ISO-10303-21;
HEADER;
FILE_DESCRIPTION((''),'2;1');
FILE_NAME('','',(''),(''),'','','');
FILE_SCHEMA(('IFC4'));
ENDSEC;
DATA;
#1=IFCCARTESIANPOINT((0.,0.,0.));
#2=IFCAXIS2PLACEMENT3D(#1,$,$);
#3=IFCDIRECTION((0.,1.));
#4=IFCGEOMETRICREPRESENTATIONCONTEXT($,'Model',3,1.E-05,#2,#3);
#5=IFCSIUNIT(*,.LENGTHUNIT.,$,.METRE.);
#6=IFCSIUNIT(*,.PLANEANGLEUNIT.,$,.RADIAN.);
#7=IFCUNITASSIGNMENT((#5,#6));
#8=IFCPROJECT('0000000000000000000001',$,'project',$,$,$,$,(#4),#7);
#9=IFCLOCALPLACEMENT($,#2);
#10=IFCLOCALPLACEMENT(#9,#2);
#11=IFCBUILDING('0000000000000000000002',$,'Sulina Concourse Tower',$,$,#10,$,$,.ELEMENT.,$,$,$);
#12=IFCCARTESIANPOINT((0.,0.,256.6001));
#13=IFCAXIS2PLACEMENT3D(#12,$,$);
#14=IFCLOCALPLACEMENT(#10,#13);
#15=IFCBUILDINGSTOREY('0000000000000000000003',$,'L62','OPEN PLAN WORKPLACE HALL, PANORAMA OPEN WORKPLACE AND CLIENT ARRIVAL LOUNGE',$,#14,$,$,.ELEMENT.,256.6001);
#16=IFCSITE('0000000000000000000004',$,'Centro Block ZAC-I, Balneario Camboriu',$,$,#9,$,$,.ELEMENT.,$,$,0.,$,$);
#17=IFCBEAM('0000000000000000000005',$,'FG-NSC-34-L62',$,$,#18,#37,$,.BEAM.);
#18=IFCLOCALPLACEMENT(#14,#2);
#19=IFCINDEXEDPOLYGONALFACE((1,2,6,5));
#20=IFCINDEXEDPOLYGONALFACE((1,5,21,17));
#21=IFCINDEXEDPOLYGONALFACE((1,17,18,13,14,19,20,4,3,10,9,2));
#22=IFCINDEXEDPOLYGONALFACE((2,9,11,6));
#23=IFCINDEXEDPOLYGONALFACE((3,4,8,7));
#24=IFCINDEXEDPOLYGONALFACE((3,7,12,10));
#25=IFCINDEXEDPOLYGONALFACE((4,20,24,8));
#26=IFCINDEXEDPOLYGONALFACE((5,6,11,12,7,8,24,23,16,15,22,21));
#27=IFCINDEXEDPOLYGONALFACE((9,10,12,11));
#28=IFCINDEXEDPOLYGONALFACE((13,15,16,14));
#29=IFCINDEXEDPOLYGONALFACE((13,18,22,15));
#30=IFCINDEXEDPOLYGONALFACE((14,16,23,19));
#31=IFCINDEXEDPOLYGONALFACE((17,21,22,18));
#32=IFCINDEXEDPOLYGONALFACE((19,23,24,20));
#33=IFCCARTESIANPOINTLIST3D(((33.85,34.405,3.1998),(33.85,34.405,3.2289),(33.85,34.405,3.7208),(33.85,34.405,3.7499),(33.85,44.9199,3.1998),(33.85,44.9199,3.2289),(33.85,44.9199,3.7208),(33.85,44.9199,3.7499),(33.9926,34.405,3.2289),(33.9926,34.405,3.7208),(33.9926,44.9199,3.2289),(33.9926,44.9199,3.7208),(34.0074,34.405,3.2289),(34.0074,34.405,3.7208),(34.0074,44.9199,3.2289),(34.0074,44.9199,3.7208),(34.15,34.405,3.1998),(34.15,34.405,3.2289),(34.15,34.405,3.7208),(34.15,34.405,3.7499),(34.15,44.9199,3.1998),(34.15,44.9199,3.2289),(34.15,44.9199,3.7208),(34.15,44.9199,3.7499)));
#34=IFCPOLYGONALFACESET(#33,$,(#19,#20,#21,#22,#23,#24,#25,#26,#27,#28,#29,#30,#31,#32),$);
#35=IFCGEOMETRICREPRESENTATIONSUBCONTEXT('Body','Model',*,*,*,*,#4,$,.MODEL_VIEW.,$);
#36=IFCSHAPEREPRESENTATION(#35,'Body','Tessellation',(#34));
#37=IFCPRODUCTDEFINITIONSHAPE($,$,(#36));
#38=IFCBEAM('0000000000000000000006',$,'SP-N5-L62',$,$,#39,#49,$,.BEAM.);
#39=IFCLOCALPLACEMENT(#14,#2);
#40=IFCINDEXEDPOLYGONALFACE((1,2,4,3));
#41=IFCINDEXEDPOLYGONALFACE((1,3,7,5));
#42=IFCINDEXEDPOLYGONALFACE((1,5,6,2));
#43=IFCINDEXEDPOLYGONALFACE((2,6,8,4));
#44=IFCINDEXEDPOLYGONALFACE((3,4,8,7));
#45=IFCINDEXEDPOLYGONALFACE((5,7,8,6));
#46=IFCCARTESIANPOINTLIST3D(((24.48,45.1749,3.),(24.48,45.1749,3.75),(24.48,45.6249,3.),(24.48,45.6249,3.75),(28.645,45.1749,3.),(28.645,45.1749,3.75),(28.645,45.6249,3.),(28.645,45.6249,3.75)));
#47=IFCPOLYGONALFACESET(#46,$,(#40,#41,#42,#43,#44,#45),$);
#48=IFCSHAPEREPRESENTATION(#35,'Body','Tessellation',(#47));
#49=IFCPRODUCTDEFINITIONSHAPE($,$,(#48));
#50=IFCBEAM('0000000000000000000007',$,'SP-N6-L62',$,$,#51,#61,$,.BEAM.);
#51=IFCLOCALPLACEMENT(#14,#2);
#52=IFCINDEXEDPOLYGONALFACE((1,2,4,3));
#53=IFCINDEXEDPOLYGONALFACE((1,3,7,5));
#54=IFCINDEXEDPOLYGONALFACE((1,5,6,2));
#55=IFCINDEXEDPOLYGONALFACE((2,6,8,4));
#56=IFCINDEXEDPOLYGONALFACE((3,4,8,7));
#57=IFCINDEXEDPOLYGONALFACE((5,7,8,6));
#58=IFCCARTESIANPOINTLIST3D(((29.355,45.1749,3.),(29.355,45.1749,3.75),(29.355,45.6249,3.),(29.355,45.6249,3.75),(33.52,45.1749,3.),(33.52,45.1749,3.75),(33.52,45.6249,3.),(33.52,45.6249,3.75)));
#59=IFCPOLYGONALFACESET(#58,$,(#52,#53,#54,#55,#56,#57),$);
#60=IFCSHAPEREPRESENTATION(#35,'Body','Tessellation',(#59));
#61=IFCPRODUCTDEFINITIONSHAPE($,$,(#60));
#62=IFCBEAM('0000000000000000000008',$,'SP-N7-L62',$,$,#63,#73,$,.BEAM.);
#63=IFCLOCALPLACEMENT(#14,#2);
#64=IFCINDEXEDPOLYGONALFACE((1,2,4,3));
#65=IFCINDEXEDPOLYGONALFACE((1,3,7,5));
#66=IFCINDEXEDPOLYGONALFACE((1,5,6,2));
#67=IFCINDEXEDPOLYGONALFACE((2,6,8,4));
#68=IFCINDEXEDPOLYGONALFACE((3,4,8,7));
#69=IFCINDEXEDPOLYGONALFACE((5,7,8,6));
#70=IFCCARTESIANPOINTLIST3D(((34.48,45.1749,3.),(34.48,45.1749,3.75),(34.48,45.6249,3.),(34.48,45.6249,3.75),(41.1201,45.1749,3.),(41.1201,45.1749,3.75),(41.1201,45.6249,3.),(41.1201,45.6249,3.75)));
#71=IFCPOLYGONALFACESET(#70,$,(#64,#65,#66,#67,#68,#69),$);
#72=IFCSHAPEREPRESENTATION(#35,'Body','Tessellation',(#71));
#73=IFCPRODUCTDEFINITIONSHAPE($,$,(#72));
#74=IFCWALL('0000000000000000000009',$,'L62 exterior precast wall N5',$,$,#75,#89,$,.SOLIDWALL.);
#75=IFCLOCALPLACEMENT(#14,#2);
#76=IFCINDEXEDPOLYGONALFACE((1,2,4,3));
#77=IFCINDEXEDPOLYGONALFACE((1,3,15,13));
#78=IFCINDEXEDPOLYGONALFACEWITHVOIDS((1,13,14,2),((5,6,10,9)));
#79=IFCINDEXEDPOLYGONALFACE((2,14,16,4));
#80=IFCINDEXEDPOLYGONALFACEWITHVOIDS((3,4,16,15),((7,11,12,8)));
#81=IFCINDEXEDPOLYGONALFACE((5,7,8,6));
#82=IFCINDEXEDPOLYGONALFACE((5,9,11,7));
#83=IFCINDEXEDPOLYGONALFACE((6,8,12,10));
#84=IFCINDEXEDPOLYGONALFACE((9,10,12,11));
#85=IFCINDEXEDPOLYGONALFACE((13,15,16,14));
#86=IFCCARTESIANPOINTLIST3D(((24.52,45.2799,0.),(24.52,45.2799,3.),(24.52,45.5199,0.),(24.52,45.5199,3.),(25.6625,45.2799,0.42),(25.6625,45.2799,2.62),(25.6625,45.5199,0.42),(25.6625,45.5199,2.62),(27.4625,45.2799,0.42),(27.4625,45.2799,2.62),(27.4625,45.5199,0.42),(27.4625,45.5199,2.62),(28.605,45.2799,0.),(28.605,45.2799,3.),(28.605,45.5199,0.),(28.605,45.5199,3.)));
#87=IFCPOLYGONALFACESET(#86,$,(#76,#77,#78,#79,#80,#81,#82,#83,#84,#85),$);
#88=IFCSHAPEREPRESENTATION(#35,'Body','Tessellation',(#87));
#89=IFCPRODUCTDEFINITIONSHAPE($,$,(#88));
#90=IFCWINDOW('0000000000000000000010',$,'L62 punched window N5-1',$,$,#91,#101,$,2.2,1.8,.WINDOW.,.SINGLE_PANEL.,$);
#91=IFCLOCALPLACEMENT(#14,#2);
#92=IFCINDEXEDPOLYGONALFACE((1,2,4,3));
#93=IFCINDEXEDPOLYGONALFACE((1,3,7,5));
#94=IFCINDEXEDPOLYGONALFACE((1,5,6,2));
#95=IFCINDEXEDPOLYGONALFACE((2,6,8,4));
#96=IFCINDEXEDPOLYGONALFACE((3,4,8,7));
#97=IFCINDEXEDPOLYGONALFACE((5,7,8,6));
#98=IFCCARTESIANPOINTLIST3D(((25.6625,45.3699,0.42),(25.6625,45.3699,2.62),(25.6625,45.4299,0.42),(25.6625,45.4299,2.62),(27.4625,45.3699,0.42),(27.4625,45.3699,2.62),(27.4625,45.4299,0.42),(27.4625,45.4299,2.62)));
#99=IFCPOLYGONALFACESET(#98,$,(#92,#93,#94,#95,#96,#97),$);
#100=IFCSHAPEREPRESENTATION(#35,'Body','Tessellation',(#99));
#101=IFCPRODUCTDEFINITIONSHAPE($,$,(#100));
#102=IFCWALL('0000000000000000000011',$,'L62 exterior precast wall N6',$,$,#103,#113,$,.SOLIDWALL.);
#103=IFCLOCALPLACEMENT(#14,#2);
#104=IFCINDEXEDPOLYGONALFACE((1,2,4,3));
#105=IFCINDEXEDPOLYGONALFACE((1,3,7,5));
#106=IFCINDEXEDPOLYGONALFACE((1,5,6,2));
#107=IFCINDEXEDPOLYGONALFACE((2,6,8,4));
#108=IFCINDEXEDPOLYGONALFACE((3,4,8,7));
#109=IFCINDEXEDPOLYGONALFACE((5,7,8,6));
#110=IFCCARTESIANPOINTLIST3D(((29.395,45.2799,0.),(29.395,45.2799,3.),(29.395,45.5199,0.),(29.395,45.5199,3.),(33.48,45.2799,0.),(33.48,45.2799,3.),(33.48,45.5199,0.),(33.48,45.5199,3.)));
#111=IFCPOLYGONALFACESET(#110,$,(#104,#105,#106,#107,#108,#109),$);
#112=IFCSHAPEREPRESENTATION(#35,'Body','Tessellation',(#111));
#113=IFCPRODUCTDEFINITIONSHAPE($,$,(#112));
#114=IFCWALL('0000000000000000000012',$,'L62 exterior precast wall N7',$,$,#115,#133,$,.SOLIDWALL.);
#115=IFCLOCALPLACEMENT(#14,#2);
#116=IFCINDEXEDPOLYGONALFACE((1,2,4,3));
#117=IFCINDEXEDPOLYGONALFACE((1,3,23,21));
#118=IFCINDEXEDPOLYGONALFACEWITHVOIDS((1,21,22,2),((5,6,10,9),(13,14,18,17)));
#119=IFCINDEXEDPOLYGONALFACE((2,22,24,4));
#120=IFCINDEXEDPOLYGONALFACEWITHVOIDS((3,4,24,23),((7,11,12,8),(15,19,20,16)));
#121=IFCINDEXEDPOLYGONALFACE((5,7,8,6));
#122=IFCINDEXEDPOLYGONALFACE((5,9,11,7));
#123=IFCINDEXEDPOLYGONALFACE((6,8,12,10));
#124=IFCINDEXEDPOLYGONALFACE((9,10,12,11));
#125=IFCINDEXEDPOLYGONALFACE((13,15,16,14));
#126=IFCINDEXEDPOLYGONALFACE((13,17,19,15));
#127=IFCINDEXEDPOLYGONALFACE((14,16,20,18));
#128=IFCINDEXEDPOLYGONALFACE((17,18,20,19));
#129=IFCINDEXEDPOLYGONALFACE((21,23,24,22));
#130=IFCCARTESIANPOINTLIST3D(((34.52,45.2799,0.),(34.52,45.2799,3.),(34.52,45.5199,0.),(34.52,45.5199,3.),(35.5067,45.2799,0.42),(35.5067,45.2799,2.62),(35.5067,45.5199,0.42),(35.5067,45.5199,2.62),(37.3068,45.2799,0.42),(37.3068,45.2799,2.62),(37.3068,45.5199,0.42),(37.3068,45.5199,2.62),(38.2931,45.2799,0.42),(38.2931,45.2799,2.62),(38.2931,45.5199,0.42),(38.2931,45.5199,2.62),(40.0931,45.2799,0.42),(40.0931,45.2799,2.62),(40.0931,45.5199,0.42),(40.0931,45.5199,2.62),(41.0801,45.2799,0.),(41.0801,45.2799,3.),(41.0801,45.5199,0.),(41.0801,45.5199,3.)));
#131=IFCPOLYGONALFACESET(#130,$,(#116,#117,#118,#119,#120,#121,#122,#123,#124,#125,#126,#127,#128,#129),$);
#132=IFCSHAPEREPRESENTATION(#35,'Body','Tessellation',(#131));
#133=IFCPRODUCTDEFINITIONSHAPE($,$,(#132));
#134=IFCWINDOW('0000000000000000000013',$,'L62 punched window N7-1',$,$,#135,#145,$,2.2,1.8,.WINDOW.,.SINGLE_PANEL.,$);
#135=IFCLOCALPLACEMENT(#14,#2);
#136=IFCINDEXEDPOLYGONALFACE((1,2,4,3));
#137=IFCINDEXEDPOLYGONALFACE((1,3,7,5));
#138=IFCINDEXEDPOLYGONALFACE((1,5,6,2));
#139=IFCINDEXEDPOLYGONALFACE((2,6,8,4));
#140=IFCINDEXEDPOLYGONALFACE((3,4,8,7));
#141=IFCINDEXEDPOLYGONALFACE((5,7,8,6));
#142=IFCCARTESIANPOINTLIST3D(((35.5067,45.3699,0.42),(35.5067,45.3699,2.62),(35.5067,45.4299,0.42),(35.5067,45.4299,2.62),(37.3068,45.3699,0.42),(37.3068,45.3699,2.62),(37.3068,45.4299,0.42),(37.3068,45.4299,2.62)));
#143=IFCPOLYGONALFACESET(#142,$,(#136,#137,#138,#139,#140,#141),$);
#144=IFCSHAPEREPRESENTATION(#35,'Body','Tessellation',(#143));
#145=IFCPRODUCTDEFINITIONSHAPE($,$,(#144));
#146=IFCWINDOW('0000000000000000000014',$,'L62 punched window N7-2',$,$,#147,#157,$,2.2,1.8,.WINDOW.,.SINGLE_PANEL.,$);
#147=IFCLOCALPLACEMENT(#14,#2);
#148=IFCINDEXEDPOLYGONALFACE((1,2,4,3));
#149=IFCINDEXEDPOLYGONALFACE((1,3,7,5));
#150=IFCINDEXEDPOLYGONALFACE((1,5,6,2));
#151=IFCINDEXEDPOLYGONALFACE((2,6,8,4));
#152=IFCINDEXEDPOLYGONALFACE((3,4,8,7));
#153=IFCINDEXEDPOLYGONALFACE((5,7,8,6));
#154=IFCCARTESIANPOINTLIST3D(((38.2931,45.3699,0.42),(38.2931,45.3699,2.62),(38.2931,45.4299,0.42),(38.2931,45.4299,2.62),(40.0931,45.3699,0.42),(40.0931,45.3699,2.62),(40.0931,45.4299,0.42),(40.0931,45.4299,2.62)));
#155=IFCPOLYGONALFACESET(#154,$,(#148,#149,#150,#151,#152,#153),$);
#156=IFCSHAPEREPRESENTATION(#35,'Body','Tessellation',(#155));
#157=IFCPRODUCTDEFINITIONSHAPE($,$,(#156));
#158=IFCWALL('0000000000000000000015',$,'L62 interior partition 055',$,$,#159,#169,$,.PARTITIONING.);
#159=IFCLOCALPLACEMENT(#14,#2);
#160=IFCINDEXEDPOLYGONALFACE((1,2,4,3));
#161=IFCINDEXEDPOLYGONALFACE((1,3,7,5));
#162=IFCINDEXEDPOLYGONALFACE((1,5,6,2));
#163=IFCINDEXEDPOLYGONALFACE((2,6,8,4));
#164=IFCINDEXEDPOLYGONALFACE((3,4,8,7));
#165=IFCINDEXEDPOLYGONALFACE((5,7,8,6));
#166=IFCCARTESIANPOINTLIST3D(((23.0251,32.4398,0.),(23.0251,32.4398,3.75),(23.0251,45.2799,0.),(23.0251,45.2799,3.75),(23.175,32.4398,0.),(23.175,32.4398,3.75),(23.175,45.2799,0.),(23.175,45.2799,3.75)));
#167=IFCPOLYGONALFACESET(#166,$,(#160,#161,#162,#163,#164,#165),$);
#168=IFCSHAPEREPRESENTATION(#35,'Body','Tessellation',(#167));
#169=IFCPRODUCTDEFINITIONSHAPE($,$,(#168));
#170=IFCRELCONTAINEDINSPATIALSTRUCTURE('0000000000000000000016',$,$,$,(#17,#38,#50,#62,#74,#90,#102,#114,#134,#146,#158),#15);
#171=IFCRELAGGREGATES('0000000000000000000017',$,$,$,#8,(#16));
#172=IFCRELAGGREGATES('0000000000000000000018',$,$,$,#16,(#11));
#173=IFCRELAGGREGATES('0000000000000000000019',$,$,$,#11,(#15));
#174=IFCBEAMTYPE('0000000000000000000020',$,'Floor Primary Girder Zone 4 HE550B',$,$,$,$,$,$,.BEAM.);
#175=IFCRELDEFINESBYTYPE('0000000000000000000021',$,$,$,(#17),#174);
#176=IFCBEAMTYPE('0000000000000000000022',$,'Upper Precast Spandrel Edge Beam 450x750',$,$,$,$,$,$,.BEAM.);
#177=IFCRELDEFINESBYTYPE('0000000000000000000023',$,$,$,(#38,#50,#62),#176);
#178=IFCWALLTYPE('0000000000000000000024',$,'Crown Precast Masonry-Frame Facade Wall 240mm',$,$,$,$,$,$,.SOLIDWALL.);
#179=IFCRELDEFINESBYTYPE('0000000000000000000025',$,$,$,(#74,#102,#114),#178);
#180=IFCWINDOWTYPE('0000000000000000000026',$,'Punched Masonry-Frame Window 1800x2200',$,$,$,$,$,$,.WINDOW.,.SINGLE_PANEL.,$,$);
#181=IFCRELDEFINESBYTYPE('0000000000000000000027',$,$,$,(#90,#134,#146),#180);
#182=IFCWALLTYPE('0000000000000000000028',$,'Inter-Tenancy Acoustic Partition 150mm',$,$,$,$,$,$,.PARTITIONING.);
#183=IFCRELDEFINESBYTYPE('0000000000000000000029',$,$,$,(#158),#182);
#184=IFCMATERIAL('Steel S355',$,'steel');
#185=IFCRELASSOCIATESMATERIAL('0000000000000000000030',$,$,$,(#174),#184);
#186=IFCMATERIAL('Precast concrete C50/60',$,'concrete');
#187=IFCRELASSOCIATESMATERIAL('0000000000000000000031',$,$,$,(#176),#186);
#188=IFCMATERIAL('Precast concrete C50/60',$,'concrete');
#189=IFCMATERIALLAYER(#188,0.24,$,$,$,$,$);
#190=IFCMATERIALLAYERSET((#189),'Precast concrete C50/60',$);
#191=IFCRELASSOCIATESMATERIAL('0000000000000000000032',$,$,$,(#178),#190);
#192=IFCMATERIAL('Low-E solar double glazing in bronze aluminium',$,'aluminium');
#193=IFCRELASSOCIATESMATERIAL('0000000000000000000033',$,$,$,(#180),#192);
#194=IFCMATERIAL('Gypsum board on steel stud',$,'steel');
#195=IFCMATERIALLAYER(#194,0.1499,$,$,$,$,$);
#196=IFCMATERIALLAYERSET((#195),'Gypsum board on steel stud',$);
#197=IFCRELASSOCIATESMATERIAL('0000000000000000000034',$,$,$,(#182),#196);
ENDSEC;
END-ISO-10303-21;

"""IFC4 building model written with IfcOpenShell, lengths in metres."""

from ifc_helpers import new_model, si_unit, direction, frame, frame_2d, origin, origin_2d, place, context, subcontext, project, spatial, rectangle, i_section, extrude, material, layer, layer_set, material_profile, profile_set, type_object, element, fill, save


model = new_model("IFC4")

# Units and contexts
model_context = context("Model", 3, precision=1e-05, world=origin(), true_north=direction((0.0, 1.0)))
body_context = subcontext(model_context, "Body", "Model", "MODEL_VIEW")
ifc_project = project(units=[si_unit("LENGTHUNIT", "METRE"), si_unit("PLANEANGLEUNIT", "RADIAN")], contexts=[model_context])

# Site, building, storey
site_placement = place(None, origin())
site = spatial("IfcSite", under=ifc_project, at=site_placement, Name="Centro Block ZAC-I, Balneario Camboriu", CompositionType="ELEMENT", RefElevation=0.0)
building_placement = place(site_placement, origin())
building = spatial("IfcBuilding", under=site, at=building_placement, Name="Sulina Concourse Tower", CompositionType="ELEMENT")
storey_placement = place(building_placement, frame((0.0, 0.0, 256.6001)))
storey = spatial("IfcBuildingStorey", under=building, at=storey_placement, Name="L62", Description="OPEN PLAN WORKPLACE HALL, PANORAMA OPEN WORKPLACE AND CLIENT ARRIVAL LOUNGE", CompositionType="ELEMENT", Elevation=256.6001)

# Beams
ifc_material_1 = material(Name="Steel S355", Category="steel")
ifc_material_profile_1 = material_profile(ifc_material_1, i_section(OverallWidth=0.3, OverallDepth=0.55, WebThickness=0.0149, FlangeThickness=0.0291, at=origin_2d()), Name="HE 550 B")
ifc_profile_set_1 = profile_set([ifc_material_profile_1], Name="Steel S355")
beam_type_1 = type_object("IfcBeamType", Name="Floor Primary Girder Zone 4 HE550B", PredefinedType="BEAM", material=ifc_profile_set_1)
beam_1_placement = place(storey_placement, frame((34.0, 34.405, 3.4749), z_axis=(0.0, 1.0, 0.0), x_axis=(-1.0, 0.0, 0.0)))
element("IfcBeam", 1, at=beam_1_placement, inside=storey, type_object=beam_type_1, Name="FG-NSC-34-L62", PredefinedType="BEAM", context=body_context, shape_type="SweptSolid", body=[
    extrude(i_section(OverallWidth=0.3, OverallDepth=0.55, WebThickness=0.0149, FlangeThickness=0.0291, at=origin_2d()), origin(), (0.0, 0.0, 1.0), 10.5149),
])
ifc_material_2 = material(Name="Precast concrete C50/60", Category="concrete")
ifc_material_profile_2 = material_profile(ifc_material_2, rectangle(XDim=0.45, YDim=0.75, at=origin_2d()), Name="RC 450x750")
ifc_profile_set_2 = profile_set([ifc_material_profile_2], Name="Precast concrete C50/60")
beam_type_2 = type_object("IfcBeamType", Name="Upper Precast Spandrel Edge Beam 450x750", PredefinedType="BEAM", material=ifc_profile_set_2)
for number, where, z_axis, x_axis, name in (
    (2, (24.48, 45.3999, 3.375), (1.0, 0.0, 0.0), (0.0, 1.0, 0.0), "SP-N5-L62"),
    (3, (29.355, 45.3999, 3.375), (1.0, 0.0, 0.0), (0.0, 1.0, 0.0), "SP-N6-L62"),
):
    element("IfcBeam", number, at=place(storey_placement, frame(where, z_axis=z_axis, x_axis=x_axis)), inside=storey, type_object=beam_type_2, Name=name, PredefinedType="BEAM", context=body_context, shape_type="SweptSolid", body=[
        extrude(rectangle(XDim=0.45, YDim=0.75, at=origin_2d()), origin(), (0.0, 0.0, 1.0), 4.165),
    ])
beam_2_placement = place(storey_placement, frame((34.48, 45.3999, 3.375), z_axis=(1.0, 0.0, 0.0), x_axis=(0.0, 1.0, 0.0)))
element("IfcBeam", 4, at=beam_2_placement, inside=storey, type_object=beam_type_2, Name="SP-N7-L62", PredefinedType="BEAM", context=body_context, shape_type="SweptSolid", body=[
    extrude(rectangle(XDim=0.45, YDim=0.75, at=origin_2d()), origin(), (0.0, 0.0, 1.0), 6.6401),
])

# Wall, opening, window
ifc_material_3 = material(Name="Precast concrete C50/60", Category="concrete")
ifc_layer_1 = layer(ifc_material_3, 0.24)
ifc_layer_set_1 = layer_set([ifc_layer_1], Name="Precast concrete C50/60")
wall_type_1 = type_object("IfcWallType", Name="Crown Precast Masonry-Frame Facade Wall 240mm", PredefinedType="SOLIDWALL", material=ifc_layer_set_1)
wall_1_placement = place(storey_placement, frame((24.52, 45.3999, 0.0), z_axis=(0.0, 0.0, 1.0), x_axis=(1.0, 0.0, 0.0)))
wall_1 = element("IfcWall", 5, at=wall_1_placement, inside=storey, type_object=wall_type_1, Name="L62 exterior precast wall N5", PredefinedType="SOLIDWALL", context=body_context, shape_type="SweptSolid", body=[
    extrude(rectangle(XDim=4.085, YDim=0.24, at=frame_2d((2.0425, 0.0))), origin(), (0.0, 0.0, 1.0), 3.0),
])
opening_1_placement = place(wall_1_placement, frame((1.1426, 0.0, 0.4199)))
opening_1 = element("IfcOpeningElement", 6, at=opening_1_placement, cuts=wall_1, PredefinedType="OPENING", context=body_context, shape_type="SweptSolid", body=[
    extrude(rectangle(XDim=1.8, YDim=2.2, at=frame_2d((0.8999, 1.1001))), frame((0.0, 0.1299, 0.0), z_axis=(0.0, -1.0, 0.0), x_axis=(1.0, 0.0, 0.0)), (0.0, 0.0, 1.0), 0.26),
])
ifc_material_4 = material(Name="Low-E solar double glazing in bronze aluminium", Category="aluminium")
window_type = type_object("IfcWindowType", Name="Punched Masonry-Frame Window 1800x2200", PartitioningType="SINGLE_PANEL", PredefinedType="WINDOW", material=ifc_material_4)
window_1_placement = place(opening_1_placement, origin())
window_1 = element("IfcWindow", 7, at=window_1_placement, inside=storey, type_object=window_type, Name="L62 punched window N5-1", OverallHeight=2.2, OverallWidth=1.8, PartitioningType="SINGLE_PANEL", PredefinedType="WINDOW", context=body_context, shape_type="SweptSolid", body=[
    extrude(rectangle(XDim=1.8, YDim=2.2, at=frame_2d((0.8999, 1.1001))), frame((0.0, 0.03, 0.0), z_axis=(0.0, -1.0, 0.0), x_axis=(1.0, 0.0, 0.0)), (0.0, 0.0, 1.0), 0.0601),
])
fill(opening_1, window_1)

# Wall
wall_2_placement = place(storey_placement, frame((29.395, 45.3999, 0.0), z_axis=(0.0, 0.0, 1.0), x_axis=(1.0, 0.0, 0.0)))
element("IfcWall", 8, at=wall_2_placement, inside=storey, type_object=wall_type_1, Name="L62 exterior precast wall N6", PredefinedType="SOLIDWALL", context=body_context, shape_type="SweptSolid", body=[
    extrude(rectangle(XDim=4.085, YDim=0.24, at=frame_2d((2.0425, 0.0))), origin(), (0.0, 0.0, 1.0), 3.0),
])

# Wall, openings, windows
wall_3_placement = place(storey_placement, frame((34.52, 45.3999, 0.0), z_axis=(0.0, 0.0, 1.0), x_axis=(1.0, 0.0, 0.0)))
wall_3 = element("IfcWall", 9, at=wall_3_placement, inside=storey, type_object=wall_type_1, Name="L62 exterior precast wall N7", PredefinedType="SOLIDWALL", context=body_context, shape_type="SweptSolid", body=[
    extrude(rectangle(XDim=6.5601, YDim=0.24, at=frame_2d((3.28, 0.0))), origin(), (0.0, 0.0, 1.0), 3.0),
])
opening_2_placement = place(wall_3_placement, frame((0.9868, 0.0, 0.4199)))
opening_2 = element("IfcOpeningElement", 10, at=opening_2_placement, cuts=wall_3, PredefinedType="OPENING", context=body_context, shape_type="SweptSolid", body=[
    extrude(rectangle(XDim=1.8, YDim=2.2, at=frame_2d((0.8999, 1.1001))), frame((0.0, 0.1299, 0.0), z_axis=(0.0, -1.0, 0.0), x_axis=(1.0, 0.0, 0.0)), (0.0, 0.0, 1.0), 0.26),
])
opening_3_placement = place(wall_3_placement, frame((3.7732, 0.0, 0.4199)))
opening_3 = element("IfcOpeningElement", 11, at=opening_3_placement, cuts=wall_3, PredefinedType="OPENING", context=body_context, shape_type="SweptSolid", body=[
    extrude(rectangle(XDim=1.8, YDim=2.2, at=frame_2d((0.8999, 1.1001))), frame((0.0, 0.1299, 0.0), z_axis=(0.0, -1.0, 0.0), x_axis=(1.0, 0.0, 0.0)), (0.0, 0.0, 1.0), 0.26),
])
window_2_placement = place(opening_2_placement, origin())
window_2 = element("IfcWindow", 12, at=window_2_placement, inside=storey, type_object=window_type, Name="L62 punched window N7-1", OverallHeight=2.2, OverallWidth=1.8, PartitioningType="SINGLE_PANEL", PredefinedType="WINDOW", context=body_context, shape_type="SweptSolid", body=[
    extrude(rectangle(XDim=1.8, YDim=2.2, at=frame_2d((0.8999, 1.1001))), frame((0.0, 0.03, 0.0), z_axis=(0.0, -1.0, 0.0), x_axis=(1.0, 0.0, 0.0)), (0.0, 0.0, 1.0), 0.0601),
])
fill(opening_2, window_2)
window_3_placement = place(opening_3_placement, origin())
window_3 = element("IfcWindow", 13, at=window_3_placement, inside=storey, type_object=window_type, Name="L62 punched window N7-2", OverallHeight=2.2, OverallWidth=1.8, PartitioningType="SINGLE_PANEL", PredefinedType="WINDOW", context=body_context, shape_type="SweptSolid", body=[
    extrude(rectangle(XDim=1.8, YDim=2.2, at=frame_2d((0.8999, 1.1001))), frame((0.0, 0.03, 0.0), z_axis=(0.0, -1.0, 0.0), x_axis=(1.0, 0.0, 0.0)), (0.0, 0.0, 1.0), 0.0601),
])
fill(opening_3, window_3)

# Wall
ifc_material_5 = material(Name="Gypsum board on steel stud", Category="steel")
ifc_layer_2 = layer(ifc_material_5, 0.1499)
ifc_layer_set_2 = layer_set([ifc_layer_2], Name="Gypsum board on steel stud")
wall_type_2 = type_object("IfcWallType", Name="Inter-Tenancy Acoustic Partition 150mm", PredefinedType="PARTITIONING", material=ifc_layer_set_2)
wall_4_placement = place(storey_placement, frame((23.1001, 32.4399, 0.0), z_axis=(0.0, 0.0, 1.0), x_axis=(0.0, 1.0, 0.0)))
element("IfcWall", 14, at=wall_4_placement, inside=storey, type_object=wall_type_2, Name="L62 interior partition 055", PredefinedType="PARTITIONING", context=body_context, shape_type="SweptSolid", body=[
    extrude(rectangle(XDim=12.8401, YDim=0.1499, at=frame_2d((6.4199, 0.0))), origin(), (0.0, 0.0, 1.0), 3.75),
])

save(model, "model.ifc")
